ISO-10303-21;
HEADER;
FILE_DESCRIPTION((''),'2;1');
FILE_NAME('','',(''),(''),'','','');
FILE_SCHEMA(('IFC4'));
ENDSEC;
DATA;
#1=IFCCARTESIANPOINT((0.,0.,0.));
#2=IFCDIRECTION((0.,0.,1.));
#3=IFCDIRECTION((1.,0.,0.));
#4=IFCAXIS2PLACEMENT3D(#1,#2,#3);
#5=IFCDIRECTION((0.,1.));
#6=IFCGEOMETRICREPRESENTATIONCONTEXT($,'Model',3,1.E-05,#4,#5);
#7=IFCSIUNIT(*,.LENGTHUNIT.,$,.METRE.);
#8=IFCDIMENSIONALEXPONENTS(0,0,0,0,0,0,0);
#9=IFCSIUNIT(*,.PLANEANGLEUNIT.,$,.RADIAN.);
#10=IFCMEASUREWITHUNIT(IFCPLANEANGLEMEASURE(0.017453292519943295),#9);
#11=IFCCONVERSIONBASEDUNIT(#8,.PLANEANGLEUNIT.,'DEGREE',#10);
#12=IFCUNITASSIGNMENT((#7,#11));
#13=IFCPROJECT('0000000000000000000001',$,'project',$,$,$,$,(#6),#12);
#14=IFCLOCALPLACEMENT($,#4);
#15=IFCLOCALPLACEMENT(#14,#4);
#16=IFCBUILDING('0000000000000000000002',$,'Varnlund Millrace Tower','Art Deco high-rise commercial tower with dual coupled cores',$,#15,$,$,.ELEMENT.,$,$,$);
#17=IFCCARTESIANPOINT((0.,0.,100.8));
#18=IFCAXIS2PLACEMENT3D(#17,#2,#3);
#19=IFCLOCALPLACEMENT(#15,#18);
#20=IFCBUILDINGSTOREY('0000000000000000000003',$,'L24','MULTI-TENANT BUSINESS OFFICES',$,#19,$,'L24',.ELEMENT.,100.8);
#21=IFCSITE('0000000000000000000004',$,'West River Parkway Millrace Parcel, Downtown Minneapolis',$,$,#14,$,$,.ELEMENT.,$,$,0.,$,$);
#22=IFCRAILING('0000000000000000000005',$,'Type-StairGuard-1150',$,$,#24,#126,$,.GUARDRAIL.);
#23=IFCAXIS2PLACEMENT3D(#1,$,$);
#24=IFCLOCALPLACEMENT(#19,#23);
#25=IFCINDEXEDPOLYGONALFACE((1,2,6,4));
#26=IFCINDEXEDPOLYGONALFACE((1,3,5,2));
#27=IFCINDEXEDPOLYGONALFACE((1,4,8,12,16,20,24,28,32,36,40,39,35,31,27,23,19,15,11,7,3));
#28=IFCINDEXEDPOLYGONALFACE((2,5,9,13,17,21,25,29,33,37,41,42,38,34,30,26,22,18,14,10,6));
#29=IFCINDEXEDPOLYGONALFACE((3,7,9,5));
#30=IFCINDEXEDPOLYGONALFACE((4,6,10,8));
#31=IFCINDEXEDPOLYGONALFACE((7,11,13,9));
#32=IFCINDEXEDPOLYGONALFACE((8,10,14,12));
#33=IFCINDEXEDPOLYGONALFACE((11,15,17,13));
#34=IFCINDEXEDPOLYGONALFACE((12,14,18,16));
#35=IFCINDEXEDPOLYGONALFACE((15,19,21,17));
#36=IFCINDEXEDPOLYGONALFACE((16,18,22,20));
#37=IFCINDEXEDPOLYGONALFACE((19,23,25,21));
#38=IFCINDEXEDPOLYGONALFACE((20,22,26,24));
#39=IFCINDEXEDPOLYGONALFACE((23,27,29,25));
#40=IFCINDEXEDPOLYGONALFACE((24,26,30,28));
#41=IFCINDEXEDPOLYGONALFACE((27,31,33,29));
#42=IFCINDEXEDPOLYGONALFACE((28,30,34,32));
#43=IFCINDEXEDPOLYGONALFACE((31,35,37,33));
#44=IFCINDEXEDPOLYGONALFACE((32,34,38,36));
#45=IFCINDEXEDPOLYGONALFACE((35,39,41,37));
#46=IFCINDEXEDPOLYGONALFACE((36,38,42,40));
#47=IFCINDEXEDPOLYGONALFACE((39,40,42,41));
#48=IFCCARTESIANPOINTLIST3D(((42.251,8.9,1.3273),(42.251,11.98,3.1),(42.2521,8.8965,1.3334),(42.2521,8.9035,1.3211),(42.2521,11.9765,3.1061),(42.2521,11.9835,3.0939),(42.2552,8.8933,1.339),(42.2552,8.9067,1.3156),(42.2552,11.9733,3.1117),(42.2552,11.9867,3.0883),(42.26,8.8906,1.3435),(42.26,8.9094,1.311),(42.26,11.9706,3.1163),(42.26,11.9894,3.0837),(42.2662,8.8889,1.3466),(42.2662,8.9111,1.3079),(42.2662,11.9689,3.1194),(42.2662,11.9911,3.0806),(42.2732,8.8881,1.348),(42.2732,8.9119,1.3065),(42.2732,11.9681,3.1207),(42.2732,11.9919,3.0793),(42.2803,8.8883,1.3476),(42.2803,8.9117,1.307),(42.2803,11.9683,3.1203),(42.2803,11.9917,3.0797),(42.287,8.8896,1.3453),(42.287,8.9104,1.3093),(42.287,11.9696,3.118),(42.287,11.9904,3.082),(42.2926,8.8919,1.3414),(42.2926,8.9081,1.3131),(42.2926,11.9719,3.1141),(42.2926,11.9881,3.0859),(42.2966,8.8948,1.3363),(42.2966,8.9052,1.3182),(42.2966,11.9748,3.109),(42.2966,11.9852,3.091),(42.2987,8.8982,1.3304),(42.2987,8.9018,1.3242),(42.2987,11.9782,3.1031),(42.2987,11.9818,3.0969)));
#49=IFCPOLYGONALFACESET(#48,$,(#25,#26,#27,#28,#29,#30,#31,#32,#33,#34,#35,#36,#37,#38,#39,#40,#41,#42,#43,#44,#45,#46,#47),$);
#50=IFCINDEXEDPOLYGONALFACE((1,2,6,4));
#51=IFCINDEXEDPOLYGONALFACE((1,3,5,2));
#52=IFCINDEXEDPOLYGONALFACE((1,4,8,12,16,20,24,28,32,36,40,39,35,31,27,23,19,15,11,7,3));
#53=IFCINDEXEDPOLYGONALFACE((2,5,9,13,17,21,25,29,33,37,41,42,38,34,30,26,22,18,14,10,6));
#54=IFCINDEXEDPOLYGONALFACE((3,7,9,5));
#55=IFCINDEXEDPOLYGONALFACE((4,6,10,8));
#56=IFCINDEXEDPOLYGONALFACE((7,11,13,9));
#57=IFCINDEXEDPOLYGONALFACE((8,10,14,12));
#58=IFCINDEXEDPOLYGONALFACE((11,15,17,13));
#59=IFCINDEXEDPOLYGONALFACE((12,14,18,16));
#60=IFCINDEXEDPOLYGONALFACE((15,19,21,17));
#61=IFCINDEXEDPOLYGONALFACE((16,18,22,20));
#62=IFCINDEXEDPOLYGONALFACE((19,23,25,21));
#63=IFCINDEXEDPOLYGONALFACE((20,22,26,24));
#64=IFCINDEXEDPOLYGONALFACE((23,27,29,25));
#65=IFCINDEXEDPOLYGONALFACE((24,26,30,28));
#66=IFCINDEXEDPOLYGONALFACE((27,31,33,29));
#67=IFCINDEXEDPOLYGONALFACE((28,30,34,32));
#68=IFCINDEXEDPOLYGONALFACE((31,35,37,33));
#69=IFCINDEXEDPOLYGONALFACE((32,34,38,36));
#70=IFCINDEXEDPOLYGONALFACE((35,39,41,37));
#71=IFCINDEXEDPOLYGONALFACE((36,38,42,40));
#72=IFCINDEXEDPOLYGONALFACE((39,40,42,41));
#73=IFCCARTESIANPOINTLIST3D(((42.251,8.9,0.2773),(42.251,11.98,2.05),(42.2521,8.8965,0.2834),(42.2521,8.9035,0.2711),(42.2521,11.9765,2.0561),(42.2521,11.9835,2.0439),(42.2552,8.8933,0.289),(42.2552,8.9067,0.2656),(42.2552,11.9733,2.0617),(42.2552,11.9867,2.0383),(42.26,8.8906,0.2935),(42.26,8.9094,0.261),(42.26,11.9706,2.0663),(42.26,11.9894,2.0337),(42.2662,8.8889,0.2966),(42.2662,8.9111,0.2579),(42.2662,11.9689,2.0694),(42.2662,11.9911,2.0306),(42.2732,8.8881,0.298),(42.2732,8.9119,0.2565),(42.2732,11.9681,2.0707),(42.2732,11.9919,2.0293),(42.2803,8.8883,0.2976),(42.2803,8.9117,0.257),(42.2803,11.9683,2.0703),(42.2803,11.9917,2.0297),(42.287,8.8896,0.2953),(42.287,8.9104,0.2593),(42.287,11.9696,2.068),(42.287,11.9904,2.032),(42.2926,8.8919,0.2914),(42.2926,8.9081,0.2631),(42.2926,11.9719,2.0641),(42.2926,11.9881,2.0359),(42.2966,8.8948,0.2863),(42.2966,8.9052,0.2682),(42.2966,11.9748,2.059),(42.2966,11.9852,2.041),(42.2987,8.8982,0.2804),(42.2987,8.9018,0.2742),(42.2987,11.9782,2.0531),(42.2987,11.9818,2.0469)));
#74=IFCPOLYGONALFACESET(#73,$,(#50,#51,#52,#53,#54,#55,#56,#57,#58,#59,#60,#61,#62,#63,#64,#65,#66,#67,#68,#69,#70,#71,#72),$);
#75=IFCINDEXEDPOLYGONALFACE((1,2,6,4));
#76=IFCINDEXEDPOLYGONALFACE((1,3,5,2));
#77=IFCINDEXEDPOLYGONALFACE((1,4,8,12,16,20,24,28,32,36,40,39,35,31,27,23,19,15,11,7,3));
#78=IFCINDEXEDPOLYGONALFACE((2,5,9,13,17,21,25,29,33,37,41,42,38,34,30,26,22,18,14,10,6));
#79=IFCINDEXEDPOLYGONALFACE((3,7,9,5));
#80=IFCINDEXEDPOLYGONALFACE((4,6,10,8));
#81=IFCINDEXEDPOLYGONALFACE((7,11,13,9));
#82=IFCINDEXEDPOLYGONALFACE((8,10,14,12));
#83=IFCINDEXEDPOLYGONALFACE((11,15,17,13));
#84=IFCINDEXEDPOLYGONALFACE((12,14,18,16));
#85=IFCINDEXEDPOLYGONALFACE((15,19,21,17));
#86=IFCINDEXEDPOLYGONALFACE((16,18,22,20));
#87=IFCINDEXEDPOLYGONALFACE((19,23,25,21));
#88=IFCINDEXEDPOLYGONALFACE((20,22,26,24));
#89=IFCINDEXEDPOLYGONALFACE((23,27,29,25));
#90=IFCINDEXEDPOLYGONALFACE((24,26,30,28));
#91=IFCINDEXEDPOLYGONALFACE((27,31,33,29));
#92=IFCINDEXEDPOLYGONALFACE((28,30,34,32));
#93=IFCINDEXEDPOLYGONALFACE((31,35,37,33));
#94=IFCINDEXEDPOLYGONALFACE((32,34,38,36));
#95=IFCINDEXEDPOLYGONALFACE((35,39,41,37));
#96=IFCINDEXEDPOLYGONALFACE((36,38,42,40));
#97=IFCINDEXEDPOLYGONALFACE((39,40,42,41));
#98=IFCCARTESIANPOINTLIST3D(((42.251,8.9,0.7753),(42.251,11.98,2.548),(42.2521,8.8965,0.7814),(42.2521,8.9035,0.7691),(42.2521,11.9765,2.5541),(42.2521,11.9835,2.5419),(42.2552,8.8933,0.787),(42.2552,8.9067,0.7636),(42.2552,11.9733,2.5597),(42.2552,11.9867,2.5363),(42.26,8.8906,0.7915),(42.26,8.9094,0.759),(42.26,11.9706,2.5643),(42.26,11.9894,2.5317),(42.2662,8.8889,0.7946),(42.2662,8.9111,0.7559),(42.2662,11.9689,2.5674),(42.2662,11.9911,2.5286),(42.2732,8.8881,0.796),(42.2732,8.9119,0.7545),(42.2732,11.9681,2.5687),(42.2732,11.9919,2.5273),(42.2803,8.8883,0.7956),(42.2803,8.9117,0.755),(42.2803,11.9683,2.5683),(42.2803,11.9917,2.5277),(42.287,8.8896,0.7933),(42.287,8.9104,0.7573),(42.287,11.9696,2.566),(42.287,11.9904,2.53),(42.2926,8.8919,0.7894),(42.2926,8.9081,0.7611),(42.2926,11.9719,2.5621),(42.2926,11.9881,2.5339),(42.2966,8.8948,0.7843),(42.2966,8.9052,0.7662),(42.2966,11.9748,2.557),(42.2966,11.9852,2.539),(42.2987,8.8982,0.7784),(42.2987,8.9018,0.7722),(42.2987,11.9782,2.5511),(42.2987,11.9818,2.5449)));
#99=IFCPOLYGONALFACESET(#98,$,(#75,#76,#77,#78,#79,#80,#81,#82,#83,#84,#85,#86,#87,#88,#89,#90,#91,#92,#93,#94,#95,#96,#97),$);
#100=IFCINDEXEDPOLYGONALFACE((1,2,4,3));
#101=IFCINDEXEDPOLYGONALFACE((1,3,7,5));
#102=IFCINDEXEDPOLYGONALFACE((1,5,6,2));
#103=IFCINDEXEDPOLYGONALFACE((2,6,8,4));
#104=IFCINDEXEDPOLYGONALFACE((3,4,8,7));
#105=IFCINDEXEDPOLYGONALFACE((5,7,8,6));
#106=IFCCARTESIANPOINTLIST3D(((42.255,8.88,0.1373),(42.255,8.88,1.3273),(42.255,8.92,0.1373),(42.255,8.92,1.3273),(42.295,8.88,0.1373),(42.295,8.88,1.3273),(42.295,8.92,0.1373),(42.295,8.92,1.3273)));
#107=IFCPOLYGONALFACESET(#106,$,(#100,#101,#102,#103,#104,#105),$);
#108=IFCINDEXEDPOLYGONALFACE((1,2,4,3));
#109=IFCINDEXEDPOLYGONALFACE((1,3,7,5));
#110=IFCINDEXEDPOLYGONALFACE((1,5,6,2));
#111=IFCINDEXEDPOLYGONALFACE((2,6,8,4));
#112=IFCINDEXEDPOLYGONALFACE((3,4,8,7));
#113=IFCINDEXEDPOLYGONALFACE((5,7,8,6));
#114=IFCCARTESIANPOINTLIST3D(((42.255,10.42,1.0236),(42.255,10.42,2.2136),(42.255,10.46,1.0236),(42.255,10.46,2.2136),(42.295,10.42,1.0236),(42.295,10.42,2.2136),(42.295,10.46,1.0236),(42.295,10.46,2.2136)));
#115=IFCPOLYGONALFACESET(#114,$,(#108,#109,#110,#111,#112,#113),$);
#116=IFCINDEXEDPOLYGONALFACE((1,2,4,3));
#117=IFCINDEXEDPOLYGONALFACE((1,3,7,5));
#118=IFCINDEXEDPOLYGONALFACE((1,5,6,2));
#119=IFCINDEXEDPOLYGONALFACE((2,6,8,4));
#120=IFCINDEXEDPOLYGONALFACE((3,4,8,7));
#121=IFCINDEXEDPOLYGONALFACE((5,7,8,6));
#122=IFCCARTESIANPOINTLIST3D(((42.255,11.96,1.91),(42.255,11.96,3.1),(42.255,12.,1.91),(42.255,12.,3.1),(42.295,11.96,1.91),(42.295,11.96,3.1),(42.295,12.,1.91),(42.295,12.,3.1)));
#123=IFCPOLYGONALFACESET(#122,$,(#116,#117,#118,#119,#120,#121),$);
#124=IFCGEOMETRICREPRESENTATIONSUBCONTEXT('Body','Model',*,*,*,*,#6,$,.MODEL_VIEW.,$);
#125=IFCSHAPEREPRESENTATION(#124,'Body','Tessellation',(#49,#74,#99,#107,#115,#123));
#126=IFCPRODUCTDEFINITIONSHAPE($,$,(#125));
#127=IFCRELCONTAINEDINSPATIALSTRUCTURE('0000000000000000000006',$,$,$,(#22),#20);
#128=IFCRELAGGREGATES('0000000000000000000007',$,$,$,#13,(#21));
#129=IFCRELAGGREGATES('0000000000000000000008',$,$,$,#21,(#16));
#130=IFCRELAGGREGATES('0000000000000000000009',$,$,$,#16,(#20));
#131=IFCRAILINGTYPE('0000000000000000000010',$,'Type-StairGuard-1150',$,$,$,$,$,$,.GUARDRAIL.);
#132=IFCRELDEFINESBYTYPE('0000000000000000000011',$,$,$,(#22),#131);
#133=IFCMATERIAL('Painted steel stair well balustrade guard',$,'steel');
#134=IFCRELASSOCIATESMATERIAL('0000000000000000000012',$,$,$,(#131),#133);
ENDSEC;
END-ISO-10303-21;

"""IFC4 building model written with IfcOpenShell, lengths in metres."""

from ifc_helpers import new_model, entity, si_unit, converted_unit, direction, frame, origin_with_axes, origin_2d_with_axis, place, context, subcontext, project, spatial, rectangle, circle, extrude, material, type_object, element, save


model = new_model("IFC4")

# Units and contexts
model_context = context("Model", 3, precision=1e-05, world=origin_with_axes(), true_north=direction((0.0, 1.0)))
body_context = subcontext(model_context, "Body", "Model", "MODEL_VIEW")
ifc_project = project(units=[si_unit("LENGTHUNIT", "METRE"), converted_unit("PLANEANGLEUNIT", "DEGREE", entity("IfcPlaneAngleMeasure", 0.017453292519943295), si_unit("PLANEANGLEUNIT", "RADIAN"), dimensions=[0, 0, 0, 0, 0, 0, 0])], contexts=[model_context])

# Site, building, storey
site_placement = place(None, origin_with_axes())
site = spatial("IfcSite", under=ifc_project, at=site_placement, Name="West River Parkway Millrace Parcel, Downtown Minneapolis", CompositionType="ELEMENT", RefElevation=0.0)
building_placement = place(site_placement, origin_with_axes())
building = spatial("IfcBuilding", under=site, at=building_placement, Name="Varnlund Millrace Tower", Description="Art Deco high-rise commercial tower with dual coupled cores", CompositionType="ELEMENT")
storey_placement = place(building_placement, frame((0.0, 0.0, 100.8), z_axis=(0.0, 0.0, 1.0), x_axis=(1.0, 0.0, 0.0)))
storey = spatial("IfcBuildingStorey", under=building, at=storey_placement, Name="L24", Description="MULTI-TENANT BUSINESS OFFICES", LongName="L24", CompositionType="ELEMENT", Elevation=100.8)

# Railing
ifc_material_1 = material(Name="Painted steel stair well balustrade guard", Category="steel")
railing_type_1 = type_object("IfcRailingType", Name="Type-StairGuard-1150", PredefinedType="GUARDRAIL", material=ifc_material_1)
railing_1_placement = place(storey_placement, frame((0.0, 0.0, -100.8), z_axis=(0.0, 0.0, 1.0), x_axis=(1.0, 0.0, 0.0)))
element("IfcRailing", 1, at=railing_1_placement, inside=storey, type_object=railing_type_1, Name="Type-StairGuard-1150", PredefinedType="GUARDRAIL", context=body_context, shape_type="SweptSolid", body=[
    extrude(circle(Radius=0.024, at=origin_2d_with_axis()), frame((42.275, 8.9, 102.1273), z_axis=(0.0, 0.866696, 0.498836), x_axis=(-1.0, 0.0, 0.0)), (0.0, 0.0, 1.0), 3.5537),
    extrude(circle(Radius=0.024, at=origin_2d_with_axis()), frame((42.275, 8.9, 101.0773), z_axis=(0.0, 0.866696, 0.498836), x_axis=(-1.0, 0.0, 0.0)), (0.0, 0.0, 1.0), 3.5537),
    extrude(circle(Radius=0.024, at=origin_2d_with_axis()), frame((42.275, 8.9, 101.5753), z_axis=(0.0, 0.866696, 0.498836), x_axis=(-1.0, 0.0, 0.0)), (0.0, 0.0, 1.0), 3.5537),
    extrude(rectangle(XDim=0.04, YDim=0.04, at=origin_2d_with_axis()), frame((42.275, 8.9, 100.9373), z_axis=(0.0, 0.0, 1.0), x_axis=(1.0, 0.0, 0.0)), (0.0, 0.0, 1.0), 1.19),
    extrude(rectangle(XDim=0.04, YDim=0.04, at=origin_2d_with_axis()), frame((42.275, 10.44, 101.8236), z_axis=(0.0, 0.0, 1.0), x_axis=(1.0, 0.0, 0.0)), (0.0, 0.0, 1.0), 1.19),
    extrude(rectangle(XDim=0.04, YDim=0.04, at=origin_2d_with_axis()), frame((42.275, 11.98, 102.71), z_axis=(0.0, 0.0, 1.0), x_axis=(1.0, 0.0, 0.0)), (0.0, 0.0, 1.0), 1.19),
])

save(model, "model.ifc")
